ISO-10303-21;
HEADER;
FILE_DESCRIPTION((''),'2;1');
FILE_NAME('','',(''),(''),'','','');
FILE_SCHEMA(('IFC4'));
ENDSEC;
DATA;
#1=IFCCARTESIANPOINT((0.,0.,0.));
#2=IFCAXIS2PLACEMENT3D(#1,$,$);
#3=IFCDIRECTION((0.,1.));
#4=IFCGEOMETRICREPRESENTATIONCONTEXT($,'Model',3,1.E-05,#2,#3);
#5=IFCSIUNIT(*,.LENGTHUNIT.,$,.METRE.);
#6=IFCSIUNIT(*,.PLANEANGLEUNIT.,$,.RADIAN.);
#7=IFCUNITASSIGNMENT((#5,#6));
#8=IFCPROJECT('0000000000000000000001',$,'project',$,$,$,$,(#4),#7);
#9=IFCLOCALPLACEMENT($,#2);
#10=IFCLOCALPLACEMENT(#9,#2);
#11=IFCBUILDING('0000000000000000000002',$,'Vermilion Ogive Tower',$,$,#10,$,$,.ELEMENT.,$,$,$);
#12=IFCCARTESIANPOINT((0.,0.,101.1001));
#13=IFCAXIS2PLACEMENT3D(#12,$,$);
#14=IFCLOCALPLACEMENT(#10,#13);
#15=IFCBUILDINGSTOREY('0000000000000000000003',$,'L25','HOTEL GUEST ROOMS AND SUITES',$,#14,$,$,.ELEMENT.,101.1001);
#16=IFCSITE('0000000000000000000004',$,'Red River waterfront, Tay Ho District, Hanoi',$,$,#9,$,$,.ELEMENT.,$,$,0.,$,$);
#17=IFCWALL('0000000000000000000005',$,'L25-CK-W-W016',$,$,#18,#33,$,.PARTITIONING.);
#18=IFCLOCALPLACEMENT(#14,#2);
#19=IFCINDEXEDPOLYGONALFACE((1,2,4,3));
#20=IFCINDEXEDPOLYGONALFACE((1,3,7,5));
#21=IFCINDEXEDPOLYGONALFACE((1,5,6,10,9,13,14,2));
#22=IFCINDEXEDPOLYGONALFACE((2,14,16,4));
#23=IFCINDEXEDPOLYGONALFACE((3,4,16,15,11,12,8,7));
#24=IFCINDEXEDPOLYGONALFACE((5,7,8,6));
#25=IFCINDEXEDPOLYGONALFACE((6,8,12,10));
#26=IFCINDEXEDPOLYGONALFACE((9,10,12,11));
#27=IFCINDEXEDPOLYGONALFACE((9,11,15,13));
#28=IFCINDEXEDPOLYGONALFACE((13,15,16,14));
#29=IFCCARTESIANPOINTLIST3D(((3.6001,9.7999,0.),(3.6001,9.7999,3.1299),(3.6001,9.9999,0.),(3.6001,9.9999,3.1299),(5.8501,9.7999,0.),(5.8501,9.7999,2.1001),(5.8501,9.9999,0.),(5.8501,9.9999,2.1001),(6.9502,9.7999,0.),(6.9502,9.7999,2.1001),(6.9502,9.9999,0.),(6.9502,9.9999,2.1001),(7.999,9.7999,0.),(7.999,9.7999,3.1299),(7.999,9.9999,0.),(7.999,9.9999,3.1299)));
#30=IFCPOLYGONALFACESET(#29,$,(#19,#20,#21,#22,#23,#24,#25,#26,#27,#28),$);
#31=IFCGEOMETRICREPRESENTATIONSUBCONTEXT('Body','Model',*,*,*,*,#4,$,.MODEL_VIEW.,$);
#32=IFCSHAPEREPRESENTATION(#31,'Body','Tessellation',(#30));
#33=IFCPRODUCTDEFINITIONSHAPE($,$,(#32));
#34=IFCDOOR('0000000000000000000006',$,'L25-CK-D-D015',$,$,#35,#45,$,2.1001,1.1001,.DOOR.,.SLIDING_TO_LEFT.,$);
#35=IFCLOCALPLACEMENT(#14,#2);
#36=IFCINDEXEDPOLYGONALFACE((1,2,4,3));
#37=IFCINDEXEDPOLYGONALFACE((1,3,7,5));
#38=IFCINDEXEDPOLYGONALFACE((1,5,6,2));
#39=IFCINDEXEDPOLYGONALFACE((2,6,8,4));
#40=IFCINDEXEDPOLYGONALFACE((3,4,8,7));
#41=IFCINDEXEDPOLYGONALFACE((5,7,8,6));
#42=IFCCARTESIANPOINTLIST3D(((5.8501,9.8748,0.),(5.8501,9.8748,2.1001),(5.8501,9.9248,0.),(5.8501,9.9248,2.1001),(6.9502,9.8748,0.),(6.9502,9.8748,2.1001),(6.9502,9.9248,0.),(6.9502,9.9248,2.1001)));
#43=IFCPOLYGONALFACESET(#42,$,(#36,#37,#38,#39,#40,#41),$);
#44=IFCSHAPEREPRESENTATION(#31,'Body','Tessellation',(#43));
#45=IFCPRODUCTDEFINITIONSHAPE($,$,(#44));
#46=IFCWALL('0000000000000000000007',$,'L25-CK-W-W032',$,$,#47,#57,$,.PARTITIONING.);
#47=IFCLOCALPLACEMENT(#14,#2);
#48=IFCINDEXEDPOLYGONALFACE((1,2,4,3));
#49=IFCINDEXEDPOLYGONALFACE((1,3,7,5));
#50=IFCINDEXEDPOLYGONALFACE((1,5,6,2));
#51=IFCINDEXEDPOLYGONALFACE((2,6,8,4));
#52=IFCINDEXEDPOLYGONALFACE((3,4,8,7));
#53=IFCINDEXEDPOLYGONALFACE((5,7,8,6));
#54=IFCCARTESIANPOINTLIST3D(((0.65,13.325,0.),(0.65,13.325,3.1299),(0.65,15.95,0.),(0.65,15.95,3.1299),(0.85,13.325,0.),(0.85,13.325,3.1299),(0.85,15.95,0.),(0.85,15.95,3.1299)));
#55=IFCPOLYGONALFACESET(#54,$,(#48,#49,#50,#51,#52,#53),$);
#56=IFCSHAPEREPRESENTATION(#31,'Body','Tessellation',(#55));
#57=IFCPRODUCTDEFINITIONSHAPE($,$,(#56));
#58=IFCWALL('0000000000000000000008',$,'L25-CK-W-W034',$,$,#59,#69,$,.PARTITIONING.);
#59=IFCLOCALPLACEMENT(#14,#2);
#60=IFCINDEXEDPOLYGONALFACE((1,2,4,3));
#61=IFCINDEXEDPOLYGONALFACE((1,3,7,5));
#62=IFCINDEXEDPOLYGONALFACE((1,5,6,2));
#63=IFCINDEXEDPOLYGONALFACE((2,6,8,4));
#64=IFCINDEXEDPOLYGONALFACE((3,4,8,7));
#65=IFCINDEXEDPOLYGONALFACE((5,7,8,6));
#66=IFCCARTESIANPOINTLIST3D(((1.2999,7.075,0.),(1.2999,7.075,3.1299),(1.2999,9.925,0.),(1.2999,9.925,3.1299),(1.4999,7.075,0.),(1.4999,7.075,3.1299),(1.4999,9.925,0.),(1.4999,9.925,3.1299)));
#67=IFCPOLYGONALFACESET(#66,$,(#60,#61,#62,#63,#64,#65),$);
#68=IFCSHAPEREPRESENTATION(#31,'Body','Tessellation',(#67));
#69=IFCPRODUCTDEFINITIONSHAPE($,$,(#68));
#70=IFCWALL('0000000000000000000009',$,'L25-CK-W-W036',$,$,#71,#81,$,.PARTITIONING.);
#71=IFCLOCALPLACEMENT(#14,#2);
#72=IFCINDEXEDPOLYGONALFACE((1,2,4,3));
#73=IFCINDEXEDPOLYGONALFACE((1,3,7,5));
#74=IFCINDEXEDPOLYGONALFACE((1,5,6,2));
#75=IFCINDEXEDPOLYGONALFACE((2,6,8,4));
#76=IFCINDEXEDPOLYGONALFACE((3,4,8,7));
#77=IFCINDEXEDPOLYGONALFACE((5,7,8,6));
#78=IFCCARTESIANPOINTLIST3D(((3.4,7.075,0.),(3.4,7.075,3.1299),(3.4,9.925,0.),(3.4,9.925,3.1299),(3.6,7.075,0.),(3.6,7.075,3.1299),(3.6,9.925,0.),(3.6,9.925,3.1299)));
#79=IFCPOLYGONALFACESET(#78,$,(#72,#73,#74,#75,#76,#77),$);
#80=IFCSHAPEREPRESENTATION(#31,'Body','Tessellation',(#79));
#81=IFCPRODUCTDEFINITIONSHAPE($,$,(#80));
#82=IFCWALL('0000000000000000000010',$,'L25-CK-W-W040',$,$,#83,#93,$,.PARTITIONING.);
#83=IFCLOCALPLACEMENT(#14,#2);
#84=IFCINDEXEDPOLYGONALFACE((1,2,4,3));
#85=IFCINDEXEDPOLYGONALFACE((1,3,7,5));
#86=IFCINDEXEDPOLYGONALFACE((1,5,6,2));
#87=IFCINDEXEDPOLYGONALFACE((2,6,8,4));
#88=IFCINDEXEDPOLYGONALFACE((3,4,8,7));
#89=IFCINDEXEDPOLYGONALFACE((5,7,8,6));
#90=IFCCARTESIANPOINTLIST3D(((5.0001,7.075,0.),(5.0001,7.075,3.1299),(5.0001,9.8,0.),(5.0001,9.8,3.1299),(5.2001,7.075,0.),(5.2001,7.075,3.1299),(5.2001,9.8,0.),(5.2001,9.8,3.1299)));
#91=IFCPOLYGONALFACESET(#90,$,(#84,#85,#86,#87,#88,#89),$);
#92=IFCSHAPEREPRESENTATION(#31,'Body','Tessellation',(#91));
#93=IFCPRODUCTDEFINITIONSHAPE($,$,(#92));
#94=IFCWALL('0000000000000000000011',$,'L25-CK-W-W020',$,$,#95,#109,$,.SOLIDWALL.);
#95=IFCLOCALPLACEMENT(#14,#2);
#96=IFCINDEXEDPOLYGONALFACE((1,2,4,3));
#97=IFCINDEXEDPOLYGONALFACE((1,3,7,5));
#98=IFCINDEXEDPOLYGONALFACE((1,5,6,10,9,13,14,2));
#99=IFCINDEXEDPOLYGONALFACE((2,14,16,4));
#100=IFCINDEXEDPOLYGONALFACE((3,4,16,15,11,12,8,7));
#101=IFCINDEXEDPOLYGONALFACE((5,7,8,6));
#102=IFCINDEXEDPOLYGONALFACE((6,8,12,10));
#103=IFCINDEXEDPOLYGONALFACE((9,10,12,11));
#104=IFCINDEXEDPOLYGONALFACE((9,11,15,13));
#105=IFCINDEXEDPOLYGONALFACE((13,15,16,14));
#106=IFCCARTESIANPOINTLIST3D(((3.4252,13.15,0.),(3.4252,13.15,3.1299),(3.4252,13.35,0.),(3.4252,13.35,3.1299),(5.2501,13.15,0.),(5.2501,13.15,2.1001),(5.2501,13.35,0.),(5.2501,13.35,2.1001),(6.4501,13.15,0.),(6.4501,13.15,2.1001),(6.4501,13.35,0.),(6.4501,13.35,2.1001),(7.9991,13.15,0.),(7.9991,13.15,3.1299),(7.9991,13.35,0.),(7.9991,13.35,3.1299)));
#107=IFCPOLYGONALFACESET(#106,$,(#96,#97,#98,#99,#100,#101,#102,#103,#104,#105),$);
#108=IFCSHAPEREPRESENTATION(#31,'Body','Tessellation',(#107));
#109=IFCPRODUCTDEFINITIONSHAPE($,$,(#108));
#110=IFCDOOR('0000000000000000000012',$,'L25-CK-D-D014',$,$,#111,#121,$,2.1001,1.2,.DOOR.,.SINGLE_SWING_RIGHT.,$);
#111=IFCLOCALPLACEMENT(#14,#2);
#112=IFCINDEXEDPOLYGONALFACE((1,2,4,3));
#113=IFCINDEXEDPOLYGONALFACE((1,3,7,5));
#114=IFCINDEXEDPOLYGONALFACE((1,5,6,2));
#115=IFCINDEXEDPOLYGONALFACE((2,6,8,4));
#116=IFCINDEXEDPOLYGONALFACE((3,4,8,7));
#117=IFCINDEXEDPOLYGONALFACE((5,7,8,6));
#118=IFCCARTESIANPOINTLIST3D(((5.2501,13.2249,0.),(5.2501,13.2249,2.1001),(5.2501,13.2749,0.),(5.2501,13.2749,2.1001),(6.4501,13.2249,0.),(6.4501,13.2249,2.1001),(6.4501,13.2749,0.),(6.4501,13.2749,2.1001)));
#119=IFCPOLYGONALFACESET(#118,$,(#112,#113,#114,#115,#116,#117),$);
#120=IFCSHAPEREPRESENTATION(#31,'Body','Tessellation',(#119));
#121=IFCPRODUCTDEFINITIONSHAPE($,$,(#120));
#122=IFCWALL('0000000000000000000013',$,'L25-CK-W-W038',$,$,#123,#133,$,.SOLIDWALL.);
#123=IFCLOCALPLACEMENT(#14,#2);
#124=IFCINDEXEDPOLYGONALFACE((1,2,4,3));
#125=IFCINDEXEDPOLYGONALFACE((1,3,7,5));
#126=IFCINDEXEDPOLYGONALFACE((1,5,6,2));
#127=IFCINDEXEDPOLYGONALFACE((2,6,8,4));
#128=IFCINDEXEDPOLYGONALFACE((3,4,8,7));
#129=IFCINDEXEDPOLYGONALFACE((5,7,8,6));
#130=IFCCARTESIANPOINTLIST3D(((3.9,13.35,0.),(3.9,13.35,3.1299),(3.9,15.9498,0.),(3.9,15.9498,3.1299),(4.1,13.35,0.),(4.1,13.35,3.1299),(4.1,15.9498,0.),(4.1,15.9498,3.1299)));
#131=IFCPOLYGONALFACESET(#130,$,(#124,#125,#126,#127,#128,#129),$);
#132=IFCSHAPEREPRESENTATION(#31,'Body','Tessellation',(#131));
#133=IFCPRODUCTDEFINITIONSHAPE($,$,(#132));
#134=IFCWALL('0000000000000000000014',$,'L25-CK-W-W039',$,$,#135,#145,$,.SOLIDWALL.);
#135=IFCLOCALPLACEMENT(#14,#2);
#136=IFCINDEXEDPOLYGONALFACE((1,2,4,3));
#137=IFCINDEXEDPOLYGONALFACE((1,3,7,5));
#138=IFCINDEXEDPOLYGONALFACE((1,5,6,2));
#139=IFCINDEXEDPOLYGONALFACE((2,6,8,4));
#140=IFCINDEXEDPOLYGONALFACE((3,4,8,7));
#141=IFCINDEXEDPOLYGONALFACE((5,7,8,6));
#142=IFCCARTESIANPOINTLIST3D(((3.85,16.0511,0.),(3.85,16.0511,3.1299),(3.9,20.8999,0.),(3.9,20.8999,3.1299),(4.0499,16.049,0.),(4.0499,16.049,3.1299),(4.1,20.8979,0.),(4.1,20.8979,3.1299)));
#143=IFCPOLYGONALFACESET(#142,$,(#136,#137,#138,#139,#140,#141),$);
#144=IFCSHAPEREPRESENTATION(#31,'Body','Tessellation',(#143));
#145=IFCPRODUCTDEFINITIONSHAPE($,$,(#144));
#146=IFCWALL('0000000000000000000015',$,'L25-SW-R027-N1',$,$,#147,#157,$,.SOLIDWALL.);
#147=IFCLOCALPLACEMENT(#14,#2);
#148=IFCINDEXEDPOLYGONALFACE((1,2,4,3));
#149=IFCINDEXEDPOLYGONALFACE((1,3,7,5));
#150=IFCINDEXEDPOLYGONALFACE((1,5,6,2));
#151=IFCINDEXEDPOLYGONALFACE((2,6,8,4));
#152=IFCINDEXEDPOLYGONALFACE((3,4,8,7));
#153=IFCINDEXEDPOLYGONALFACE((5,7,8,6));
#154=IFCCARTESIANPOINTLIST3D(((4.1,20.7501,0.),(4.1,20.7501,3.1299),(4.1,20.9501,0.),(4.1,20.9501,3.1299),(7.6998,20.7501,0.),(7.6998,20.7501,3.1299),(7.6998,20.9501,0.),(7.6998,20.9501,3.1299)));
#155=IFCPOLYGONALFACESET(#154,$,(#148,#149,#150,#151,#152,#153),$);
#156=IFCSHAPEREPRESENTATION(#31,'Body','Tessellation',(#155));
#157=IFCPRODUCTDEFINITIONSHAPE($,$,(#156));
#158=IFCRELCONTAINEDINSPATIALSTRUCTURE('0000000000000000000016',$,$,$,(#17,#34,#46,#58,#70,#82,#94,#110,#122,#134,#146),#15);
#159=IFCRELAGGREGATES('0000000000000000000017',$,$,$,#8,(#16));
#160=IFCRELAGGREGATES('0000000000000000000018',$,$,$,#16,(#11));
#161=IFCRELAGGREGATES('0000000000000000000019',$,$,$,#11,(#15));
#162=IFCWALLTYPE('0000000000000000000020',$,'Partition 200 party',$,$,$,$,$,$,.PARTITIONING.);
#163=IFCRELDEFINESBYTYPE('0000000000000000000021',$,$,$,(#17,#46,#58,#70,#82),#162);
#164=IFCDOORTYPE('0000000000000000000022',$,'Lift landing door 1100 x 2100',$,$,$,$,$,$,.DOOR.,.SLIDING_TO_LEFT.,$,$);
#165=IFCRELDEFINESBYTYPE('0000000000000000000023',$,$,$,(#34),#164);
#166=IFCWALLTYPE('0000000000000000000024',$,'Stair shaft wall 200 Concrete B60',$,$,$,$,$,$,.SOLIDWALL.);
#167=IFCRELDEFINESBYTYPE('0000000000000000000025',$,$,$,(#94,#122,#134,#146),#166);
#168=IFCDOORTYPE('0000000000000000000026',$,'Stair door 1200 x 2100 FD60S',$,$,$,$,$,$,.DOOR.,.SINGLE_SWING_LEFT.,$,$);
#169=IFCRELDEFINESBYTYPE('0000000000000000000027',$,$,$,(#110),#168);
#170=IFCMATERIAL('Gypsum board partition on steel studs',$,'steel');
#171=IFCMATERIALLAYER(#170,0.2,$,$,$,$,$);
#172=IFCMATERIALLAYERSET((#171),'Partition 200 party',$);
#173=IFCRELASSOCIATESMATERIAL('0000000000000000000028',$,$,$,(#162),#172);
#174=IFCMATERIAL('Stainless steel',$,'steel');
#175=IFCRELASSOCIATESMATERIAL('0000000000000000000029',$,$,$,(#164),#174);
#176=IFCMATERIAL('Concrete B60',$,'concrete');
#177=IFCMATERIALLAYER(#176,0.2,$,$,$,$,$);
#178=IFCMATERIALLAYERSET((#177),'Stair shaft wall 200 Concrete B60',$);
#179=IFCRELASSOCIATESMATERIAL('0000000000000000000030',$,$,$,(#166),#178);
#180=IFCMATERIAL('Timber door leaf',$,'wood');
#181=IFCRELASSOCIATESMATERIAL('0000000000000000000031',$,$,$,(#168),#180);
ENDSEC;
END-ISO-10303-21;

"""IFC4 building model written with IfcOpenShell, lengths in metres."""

from ifc_helpers import new_model, si_unit, direction, frame, frame_2d, origin, place, context, subcontext, project, spatial, rectangle, extrude, material, layer, layer_set, type_object, element, fill, save


model = new_model("IFC4")

# Units and contexts
model_context = context("Model", 3, precision=1e-05, world=origin(), true_north=direction((0.0, 1.0)))
body_context = subcontext(model_context, "Body", "Model", "MODEL_VIEW")
ifc_project = project(units=[si_unit("LENGTHUNIT", "METRE"), si_unit("PLANEANGLEUNIT", "RADIAN")], contexts=[model_context])

# Site, building, storey
site_placement = place(None, origin())
site = spatial("IfcSite", under=ifc_project, at=site_placement, Name="Red River waterfront, Tay Ho District, Hanoi", CompositionType="ELEMENT", RefElevation=0.0)
building_placement = place(site_placement, origin())
building = spatial("IfcBuilding", under=site, at=building_placement, Name="Vermilion Ogive Tower", CompositionType="ELEMENT")
storey_placement = place(building_placement, frame((0.0, 0.0, 101.1001)))
storey = spatial("IfcBuildingStorey", under=building, at=storey_placement, Name="L25", Description="HOTEL GUEST ROOMS AND SUITES", CompositionType="ELEMENT", Elevation=101.1001)

# Wall, opening, door
ifc_material_1 = material(Name="Gypsum board partition on steel studs", Category="steel")
ifc_layer_1 = layer(ifc_material_1, 0.2)
ifc_layer_set_1 = layer_set([ifc_layer_1], Name="Partition 200 party")
wall_type_1 = type_object("IfcWallType", Name="Partition 200 party", PredefinedType="PARTITIONING", material=ifc_layer_set_1)
wall_1_placement = place(storey_placement, frame((3.6001, 9.8999, 0.0), z_axis=(0.0, 0.0, 1.0), x_axis=(1.0, 0.0, 0.0)))
wall_1 = element("IfcWall", 1, at=wall_1_placement, inside=storey, type_object=wall_type_1, Name="L25-CK-W-W016", PredefinedType="PARTITIONING", context=body_context, shape_type="SweptSolid", body=[
    extrude(rectangle(XDim=4.3989, YDim=0.2, at=frame_2d((2.1995, 0.0))), origin(), (0.0, 0.0, 1.0), 3.1299),
])
opening_1_placement = place(wall_1_placement, frame((2.25, 0.0, 0.0)))
opening_1 = element("IfcOpeningElement", 2, at=opening_1_placement, cuts=wall_1, PredefinedType="OPENING", context=body_context, shape_type="SweptSolid", body=[
    extrude(rectangle(XDim=1.1001, YDim=2.1001, at=frame_2d((0.55, 1.05))), frame((0.0, 0.1099, 0.0), z_axis=(0.0, -1.0, 0.0), x_axis=(1.0, 0.0, 0.0)), (0.0, 0.0, 1.0), 0.22),
])
ifc_material_2 = material(Name="Stainless steel", Category="steel")
door_type_1 = type_object("IfcDoorType", Name="Lift landing door 1100 x 2100", OperationType="SLIDING_TO_LEFT", PredefinedType="DOOR", material=ifc_material_2)
door_1_placement = place(opening_1_placement, origin())
door_1 = element("IfcDoor", 3, at=door_1_placement, inside=storey, type_object=door_type_1, Name="L25-CK-D-D015", OperationType="SLIDING_TO_LEFT", OverallHeight=2.1001, OverallWidth=1.1001, PredefinedType="DOOR", context=body_context, shape_type="SweptSolid", body=[
    extrude(rectangle(XDim=1.1001, YDim=2.1001, at=frame_2d((0.55, 1.05))), frame((0.0, 0.0249, 0.0), z_axis=(0.0, -1.0, 0.0), x_axis=(1.0, 0.0, 0.0)), (0.0, 0.0, 1.0), 0.05),
])
fill(opening_1, door_1)

# Walls
wall_2_placement = place(storey_placement, frame((0.75, 13.325, 0.0), z_axis=(0.0, 0.0, 1.0), x_axis=(0.0, 1.0, 0.0)))
element("IfcWall", 4, at=wall_2_placement, inside=storey, type_object=wall_type_1, Name="L25-CK-W-W032", PredefinedType="PARTITIONING", context=body_context, shape_type="SweptSolid", body=[
    extrude(rectangle(XDim=2.625, YDim=0.2, at=frame_2d((1.3125, 0.0))), origin(), (0.0, 0.0, 1.0), 3.1299),
])
for number, where, z_axis, x_axis, name in (
    (5, (1.3999, 7.075, 0.0), (0.0, 0.0, 1.0), (0.0, 1.0, 0.0), "L25-CK-W-W034"),
    (6, (3.5, 7.075, 0.0), (0.0, 0.0, 1.0), (0.0, 1.0, 0.0), "L25-CK-W-W036"),
):
    element("IfcWall", number, at=place(storey_placement, frame(where, z_axis=z_axis, x_axis=x_axis)), inside=storey, type_object=wall_type_1, Name=name, PredefinedType="PARTITIONING", context=body_context, shape_type="SweptSolid", body=[
        extrude(rectangle(XDim=2.8501, YDim=0.2, at=frame_2d((1.425, 0.0))), origin(), (0.0, 0.0, 1.0), 3.1299),
    ])
wall_3_placement = place(storey_placement, frame((5.1001, 7.075, 0.0), z_axis=(0.0, 0.0, 1.0), x_axis=(0.0, 1.0, 0.0)))
element("IfcWall", 7, at=wall_3_placement, inside=storey, type_object=wall_type_1, Name="L25-CK-W-W040", PredefinedType="PARTITIONING", context=body_context, shape_type="SweptSolid", body=[
    extrude(rectangle(XDim=2.7251, YDim=0.2, at=frame_2d((1.3625, 0.0))), origin(), (0.0, 0.0, 1.0), 3.1299),
])

# Wall, opening, door
ifc_material_3 = material(Name="Concrete B60", Category="concrete")
ifc_layer_2 = layer(ifc_material_3, 0.2)
ifc_layer_set_2 = layer_set([ifc_layer_2], Name="Stair shaft wall 200 Concrete B60")
wall_type_2 = type_object("IfcWallType", Name="Stair shaft wall 200 Concrete B60", PredefinedType="SOLIDWALL", material=ifc_layer_set_2)
wall_4_placement = place(storey_placement, frame((3.425, 13.25, 0.0), z_axis=(0.0, 0.0, 1.0), x_axis=(1.0, 0.0, 0.0)))
wall_4 = element("IfcWall", 8, at=wall_4_placement, inside=storey, type_object=wall_type_2, Name="L25-CK-W-W020", PredefinedType="SOLIDWALL", context=body_context, shape_type="SweptSolid", body=[
    extrude(rectangle(XDim=4.574, YDim=0.2, at=frame_2d((2.2871, 0.0))), origin(), (0.0, 0.0, 1.0), 3.1299),
])
opening_2_placement = place(wall_4_placement, frame((1.825, 0.0, 0.0)))
opening_2 = element("IfcOpeningElement", 9, at=opening_2_placement, cuts=wall_4, PredefinedType="OPENING", context=body_context, shape_type="SweptSolid", body=[
    extrude(rectangle(XDim=1.2, YDim=2.1001, at=frame_2d((0.6001, 1.05))), frame((0.0, 0.1099, 0.0), z_axis=(0.0, -1.0, 0.0), x_axis=(1.0, 0.0, 0.0)), (0.0, 0.0, 1.0), 0.22),
])
ifc_material_4 = material(Name="Timber door leaf", Category="wood")
door_type_2 = type_object("IfcDoorType", Name="Stair door 1200 x 2100 FD60S", OperationType="SINGLE_SWING_LEFT", PredefinedType="DOOR", material=ifc_material_4)
door_2_placement = place(opening_2_placement, origin())
door_2 = element("IfcDoor", 10, at=door_2_placement, inside=storey, type_object=door_type_2, Name="L25-CK-D-D014", OperationType="SINGLE_SWING_RIGHT", OverallHeight=2.1001, OverallWidth=1.2, PredefinedType="DOOR", context=body_context, shape_type="SweptSolid", body=[
    extrude(rectangle(XDim=1.2, YDim=2.1001, at=frame_2d((0.6001, 1.05))), frame((0.0, 0.0249, 0.0), z_axis=(0.0, -1.0, 0.0), x_axis=(1.0, 0.0, 0.0)), (0.0, 0.0, 1.0), 0.05),
])
fill(opening_2, door_2)

# Walls
wall_5_placement = place(storey_placement, frame((4.0, 13.3501, 0.0), z_axis=(0.0, 0.0, 1.0), x_axis=(0.0, 1.0, 0.0)))
element("IfcWall", 11, at=wall_5_placement, inside=storey, type_object=wall_type_2, Name="L25-CK-W-W038", PredefinedType="SOLIDWALL", context=body_context, shape_type="SweptSolid", body=[
    extrude(rectangle(XDim=2.5999, YDim=0.2, at=frame_2d((1.2998, 0.0))), origin(), (0.0, 0.0, 1.0), 3.1299),
])
wall_6_placement = place(storey_placement, frame((3.95, 16.05, 0.0), z_axis=(0.0, 0.0, 1.0), x_axis=(0.010321, 0.999947, 0.0)))
element("IfcWall", 12, at=wall_6_placement, inside=storey, type_object=wall_type_2, Name="L25-CK-W-W039", PredefinedType="SOLIDWALL", context=body_context, shape_type="SweptSolid", body=[
    extrude(rectangle(XDim=4.8491, YDim=0.2, at=frame_2d((2.4246, 0.0))), origin(), (0.0, 0.0, 1.0), 3.1299),
])
wall_7_placement = place(storey_placement, frame((4.1001, 20.8501, 0.0), z_axis=(0.0, 0.0, 1.0), x_axis=(1.0, 0.0, 0.0)))
element("IfcWall", 13, at=wall_7_placement, inside=storey, type_object=wall_type_2, Name="L25-SW-R027-N1", PredefinedType="SOLIDWALL", context=body_context, shape_type="SweptSolid", body=[
    extrude(rectangle(XDim=3.5999, YDim=0.2, at=frame_2d((1.7998, 0.0))), origin(), (0.0, 0.0, 1.0), 3.1299),
])

save(model, "model.ifc")
